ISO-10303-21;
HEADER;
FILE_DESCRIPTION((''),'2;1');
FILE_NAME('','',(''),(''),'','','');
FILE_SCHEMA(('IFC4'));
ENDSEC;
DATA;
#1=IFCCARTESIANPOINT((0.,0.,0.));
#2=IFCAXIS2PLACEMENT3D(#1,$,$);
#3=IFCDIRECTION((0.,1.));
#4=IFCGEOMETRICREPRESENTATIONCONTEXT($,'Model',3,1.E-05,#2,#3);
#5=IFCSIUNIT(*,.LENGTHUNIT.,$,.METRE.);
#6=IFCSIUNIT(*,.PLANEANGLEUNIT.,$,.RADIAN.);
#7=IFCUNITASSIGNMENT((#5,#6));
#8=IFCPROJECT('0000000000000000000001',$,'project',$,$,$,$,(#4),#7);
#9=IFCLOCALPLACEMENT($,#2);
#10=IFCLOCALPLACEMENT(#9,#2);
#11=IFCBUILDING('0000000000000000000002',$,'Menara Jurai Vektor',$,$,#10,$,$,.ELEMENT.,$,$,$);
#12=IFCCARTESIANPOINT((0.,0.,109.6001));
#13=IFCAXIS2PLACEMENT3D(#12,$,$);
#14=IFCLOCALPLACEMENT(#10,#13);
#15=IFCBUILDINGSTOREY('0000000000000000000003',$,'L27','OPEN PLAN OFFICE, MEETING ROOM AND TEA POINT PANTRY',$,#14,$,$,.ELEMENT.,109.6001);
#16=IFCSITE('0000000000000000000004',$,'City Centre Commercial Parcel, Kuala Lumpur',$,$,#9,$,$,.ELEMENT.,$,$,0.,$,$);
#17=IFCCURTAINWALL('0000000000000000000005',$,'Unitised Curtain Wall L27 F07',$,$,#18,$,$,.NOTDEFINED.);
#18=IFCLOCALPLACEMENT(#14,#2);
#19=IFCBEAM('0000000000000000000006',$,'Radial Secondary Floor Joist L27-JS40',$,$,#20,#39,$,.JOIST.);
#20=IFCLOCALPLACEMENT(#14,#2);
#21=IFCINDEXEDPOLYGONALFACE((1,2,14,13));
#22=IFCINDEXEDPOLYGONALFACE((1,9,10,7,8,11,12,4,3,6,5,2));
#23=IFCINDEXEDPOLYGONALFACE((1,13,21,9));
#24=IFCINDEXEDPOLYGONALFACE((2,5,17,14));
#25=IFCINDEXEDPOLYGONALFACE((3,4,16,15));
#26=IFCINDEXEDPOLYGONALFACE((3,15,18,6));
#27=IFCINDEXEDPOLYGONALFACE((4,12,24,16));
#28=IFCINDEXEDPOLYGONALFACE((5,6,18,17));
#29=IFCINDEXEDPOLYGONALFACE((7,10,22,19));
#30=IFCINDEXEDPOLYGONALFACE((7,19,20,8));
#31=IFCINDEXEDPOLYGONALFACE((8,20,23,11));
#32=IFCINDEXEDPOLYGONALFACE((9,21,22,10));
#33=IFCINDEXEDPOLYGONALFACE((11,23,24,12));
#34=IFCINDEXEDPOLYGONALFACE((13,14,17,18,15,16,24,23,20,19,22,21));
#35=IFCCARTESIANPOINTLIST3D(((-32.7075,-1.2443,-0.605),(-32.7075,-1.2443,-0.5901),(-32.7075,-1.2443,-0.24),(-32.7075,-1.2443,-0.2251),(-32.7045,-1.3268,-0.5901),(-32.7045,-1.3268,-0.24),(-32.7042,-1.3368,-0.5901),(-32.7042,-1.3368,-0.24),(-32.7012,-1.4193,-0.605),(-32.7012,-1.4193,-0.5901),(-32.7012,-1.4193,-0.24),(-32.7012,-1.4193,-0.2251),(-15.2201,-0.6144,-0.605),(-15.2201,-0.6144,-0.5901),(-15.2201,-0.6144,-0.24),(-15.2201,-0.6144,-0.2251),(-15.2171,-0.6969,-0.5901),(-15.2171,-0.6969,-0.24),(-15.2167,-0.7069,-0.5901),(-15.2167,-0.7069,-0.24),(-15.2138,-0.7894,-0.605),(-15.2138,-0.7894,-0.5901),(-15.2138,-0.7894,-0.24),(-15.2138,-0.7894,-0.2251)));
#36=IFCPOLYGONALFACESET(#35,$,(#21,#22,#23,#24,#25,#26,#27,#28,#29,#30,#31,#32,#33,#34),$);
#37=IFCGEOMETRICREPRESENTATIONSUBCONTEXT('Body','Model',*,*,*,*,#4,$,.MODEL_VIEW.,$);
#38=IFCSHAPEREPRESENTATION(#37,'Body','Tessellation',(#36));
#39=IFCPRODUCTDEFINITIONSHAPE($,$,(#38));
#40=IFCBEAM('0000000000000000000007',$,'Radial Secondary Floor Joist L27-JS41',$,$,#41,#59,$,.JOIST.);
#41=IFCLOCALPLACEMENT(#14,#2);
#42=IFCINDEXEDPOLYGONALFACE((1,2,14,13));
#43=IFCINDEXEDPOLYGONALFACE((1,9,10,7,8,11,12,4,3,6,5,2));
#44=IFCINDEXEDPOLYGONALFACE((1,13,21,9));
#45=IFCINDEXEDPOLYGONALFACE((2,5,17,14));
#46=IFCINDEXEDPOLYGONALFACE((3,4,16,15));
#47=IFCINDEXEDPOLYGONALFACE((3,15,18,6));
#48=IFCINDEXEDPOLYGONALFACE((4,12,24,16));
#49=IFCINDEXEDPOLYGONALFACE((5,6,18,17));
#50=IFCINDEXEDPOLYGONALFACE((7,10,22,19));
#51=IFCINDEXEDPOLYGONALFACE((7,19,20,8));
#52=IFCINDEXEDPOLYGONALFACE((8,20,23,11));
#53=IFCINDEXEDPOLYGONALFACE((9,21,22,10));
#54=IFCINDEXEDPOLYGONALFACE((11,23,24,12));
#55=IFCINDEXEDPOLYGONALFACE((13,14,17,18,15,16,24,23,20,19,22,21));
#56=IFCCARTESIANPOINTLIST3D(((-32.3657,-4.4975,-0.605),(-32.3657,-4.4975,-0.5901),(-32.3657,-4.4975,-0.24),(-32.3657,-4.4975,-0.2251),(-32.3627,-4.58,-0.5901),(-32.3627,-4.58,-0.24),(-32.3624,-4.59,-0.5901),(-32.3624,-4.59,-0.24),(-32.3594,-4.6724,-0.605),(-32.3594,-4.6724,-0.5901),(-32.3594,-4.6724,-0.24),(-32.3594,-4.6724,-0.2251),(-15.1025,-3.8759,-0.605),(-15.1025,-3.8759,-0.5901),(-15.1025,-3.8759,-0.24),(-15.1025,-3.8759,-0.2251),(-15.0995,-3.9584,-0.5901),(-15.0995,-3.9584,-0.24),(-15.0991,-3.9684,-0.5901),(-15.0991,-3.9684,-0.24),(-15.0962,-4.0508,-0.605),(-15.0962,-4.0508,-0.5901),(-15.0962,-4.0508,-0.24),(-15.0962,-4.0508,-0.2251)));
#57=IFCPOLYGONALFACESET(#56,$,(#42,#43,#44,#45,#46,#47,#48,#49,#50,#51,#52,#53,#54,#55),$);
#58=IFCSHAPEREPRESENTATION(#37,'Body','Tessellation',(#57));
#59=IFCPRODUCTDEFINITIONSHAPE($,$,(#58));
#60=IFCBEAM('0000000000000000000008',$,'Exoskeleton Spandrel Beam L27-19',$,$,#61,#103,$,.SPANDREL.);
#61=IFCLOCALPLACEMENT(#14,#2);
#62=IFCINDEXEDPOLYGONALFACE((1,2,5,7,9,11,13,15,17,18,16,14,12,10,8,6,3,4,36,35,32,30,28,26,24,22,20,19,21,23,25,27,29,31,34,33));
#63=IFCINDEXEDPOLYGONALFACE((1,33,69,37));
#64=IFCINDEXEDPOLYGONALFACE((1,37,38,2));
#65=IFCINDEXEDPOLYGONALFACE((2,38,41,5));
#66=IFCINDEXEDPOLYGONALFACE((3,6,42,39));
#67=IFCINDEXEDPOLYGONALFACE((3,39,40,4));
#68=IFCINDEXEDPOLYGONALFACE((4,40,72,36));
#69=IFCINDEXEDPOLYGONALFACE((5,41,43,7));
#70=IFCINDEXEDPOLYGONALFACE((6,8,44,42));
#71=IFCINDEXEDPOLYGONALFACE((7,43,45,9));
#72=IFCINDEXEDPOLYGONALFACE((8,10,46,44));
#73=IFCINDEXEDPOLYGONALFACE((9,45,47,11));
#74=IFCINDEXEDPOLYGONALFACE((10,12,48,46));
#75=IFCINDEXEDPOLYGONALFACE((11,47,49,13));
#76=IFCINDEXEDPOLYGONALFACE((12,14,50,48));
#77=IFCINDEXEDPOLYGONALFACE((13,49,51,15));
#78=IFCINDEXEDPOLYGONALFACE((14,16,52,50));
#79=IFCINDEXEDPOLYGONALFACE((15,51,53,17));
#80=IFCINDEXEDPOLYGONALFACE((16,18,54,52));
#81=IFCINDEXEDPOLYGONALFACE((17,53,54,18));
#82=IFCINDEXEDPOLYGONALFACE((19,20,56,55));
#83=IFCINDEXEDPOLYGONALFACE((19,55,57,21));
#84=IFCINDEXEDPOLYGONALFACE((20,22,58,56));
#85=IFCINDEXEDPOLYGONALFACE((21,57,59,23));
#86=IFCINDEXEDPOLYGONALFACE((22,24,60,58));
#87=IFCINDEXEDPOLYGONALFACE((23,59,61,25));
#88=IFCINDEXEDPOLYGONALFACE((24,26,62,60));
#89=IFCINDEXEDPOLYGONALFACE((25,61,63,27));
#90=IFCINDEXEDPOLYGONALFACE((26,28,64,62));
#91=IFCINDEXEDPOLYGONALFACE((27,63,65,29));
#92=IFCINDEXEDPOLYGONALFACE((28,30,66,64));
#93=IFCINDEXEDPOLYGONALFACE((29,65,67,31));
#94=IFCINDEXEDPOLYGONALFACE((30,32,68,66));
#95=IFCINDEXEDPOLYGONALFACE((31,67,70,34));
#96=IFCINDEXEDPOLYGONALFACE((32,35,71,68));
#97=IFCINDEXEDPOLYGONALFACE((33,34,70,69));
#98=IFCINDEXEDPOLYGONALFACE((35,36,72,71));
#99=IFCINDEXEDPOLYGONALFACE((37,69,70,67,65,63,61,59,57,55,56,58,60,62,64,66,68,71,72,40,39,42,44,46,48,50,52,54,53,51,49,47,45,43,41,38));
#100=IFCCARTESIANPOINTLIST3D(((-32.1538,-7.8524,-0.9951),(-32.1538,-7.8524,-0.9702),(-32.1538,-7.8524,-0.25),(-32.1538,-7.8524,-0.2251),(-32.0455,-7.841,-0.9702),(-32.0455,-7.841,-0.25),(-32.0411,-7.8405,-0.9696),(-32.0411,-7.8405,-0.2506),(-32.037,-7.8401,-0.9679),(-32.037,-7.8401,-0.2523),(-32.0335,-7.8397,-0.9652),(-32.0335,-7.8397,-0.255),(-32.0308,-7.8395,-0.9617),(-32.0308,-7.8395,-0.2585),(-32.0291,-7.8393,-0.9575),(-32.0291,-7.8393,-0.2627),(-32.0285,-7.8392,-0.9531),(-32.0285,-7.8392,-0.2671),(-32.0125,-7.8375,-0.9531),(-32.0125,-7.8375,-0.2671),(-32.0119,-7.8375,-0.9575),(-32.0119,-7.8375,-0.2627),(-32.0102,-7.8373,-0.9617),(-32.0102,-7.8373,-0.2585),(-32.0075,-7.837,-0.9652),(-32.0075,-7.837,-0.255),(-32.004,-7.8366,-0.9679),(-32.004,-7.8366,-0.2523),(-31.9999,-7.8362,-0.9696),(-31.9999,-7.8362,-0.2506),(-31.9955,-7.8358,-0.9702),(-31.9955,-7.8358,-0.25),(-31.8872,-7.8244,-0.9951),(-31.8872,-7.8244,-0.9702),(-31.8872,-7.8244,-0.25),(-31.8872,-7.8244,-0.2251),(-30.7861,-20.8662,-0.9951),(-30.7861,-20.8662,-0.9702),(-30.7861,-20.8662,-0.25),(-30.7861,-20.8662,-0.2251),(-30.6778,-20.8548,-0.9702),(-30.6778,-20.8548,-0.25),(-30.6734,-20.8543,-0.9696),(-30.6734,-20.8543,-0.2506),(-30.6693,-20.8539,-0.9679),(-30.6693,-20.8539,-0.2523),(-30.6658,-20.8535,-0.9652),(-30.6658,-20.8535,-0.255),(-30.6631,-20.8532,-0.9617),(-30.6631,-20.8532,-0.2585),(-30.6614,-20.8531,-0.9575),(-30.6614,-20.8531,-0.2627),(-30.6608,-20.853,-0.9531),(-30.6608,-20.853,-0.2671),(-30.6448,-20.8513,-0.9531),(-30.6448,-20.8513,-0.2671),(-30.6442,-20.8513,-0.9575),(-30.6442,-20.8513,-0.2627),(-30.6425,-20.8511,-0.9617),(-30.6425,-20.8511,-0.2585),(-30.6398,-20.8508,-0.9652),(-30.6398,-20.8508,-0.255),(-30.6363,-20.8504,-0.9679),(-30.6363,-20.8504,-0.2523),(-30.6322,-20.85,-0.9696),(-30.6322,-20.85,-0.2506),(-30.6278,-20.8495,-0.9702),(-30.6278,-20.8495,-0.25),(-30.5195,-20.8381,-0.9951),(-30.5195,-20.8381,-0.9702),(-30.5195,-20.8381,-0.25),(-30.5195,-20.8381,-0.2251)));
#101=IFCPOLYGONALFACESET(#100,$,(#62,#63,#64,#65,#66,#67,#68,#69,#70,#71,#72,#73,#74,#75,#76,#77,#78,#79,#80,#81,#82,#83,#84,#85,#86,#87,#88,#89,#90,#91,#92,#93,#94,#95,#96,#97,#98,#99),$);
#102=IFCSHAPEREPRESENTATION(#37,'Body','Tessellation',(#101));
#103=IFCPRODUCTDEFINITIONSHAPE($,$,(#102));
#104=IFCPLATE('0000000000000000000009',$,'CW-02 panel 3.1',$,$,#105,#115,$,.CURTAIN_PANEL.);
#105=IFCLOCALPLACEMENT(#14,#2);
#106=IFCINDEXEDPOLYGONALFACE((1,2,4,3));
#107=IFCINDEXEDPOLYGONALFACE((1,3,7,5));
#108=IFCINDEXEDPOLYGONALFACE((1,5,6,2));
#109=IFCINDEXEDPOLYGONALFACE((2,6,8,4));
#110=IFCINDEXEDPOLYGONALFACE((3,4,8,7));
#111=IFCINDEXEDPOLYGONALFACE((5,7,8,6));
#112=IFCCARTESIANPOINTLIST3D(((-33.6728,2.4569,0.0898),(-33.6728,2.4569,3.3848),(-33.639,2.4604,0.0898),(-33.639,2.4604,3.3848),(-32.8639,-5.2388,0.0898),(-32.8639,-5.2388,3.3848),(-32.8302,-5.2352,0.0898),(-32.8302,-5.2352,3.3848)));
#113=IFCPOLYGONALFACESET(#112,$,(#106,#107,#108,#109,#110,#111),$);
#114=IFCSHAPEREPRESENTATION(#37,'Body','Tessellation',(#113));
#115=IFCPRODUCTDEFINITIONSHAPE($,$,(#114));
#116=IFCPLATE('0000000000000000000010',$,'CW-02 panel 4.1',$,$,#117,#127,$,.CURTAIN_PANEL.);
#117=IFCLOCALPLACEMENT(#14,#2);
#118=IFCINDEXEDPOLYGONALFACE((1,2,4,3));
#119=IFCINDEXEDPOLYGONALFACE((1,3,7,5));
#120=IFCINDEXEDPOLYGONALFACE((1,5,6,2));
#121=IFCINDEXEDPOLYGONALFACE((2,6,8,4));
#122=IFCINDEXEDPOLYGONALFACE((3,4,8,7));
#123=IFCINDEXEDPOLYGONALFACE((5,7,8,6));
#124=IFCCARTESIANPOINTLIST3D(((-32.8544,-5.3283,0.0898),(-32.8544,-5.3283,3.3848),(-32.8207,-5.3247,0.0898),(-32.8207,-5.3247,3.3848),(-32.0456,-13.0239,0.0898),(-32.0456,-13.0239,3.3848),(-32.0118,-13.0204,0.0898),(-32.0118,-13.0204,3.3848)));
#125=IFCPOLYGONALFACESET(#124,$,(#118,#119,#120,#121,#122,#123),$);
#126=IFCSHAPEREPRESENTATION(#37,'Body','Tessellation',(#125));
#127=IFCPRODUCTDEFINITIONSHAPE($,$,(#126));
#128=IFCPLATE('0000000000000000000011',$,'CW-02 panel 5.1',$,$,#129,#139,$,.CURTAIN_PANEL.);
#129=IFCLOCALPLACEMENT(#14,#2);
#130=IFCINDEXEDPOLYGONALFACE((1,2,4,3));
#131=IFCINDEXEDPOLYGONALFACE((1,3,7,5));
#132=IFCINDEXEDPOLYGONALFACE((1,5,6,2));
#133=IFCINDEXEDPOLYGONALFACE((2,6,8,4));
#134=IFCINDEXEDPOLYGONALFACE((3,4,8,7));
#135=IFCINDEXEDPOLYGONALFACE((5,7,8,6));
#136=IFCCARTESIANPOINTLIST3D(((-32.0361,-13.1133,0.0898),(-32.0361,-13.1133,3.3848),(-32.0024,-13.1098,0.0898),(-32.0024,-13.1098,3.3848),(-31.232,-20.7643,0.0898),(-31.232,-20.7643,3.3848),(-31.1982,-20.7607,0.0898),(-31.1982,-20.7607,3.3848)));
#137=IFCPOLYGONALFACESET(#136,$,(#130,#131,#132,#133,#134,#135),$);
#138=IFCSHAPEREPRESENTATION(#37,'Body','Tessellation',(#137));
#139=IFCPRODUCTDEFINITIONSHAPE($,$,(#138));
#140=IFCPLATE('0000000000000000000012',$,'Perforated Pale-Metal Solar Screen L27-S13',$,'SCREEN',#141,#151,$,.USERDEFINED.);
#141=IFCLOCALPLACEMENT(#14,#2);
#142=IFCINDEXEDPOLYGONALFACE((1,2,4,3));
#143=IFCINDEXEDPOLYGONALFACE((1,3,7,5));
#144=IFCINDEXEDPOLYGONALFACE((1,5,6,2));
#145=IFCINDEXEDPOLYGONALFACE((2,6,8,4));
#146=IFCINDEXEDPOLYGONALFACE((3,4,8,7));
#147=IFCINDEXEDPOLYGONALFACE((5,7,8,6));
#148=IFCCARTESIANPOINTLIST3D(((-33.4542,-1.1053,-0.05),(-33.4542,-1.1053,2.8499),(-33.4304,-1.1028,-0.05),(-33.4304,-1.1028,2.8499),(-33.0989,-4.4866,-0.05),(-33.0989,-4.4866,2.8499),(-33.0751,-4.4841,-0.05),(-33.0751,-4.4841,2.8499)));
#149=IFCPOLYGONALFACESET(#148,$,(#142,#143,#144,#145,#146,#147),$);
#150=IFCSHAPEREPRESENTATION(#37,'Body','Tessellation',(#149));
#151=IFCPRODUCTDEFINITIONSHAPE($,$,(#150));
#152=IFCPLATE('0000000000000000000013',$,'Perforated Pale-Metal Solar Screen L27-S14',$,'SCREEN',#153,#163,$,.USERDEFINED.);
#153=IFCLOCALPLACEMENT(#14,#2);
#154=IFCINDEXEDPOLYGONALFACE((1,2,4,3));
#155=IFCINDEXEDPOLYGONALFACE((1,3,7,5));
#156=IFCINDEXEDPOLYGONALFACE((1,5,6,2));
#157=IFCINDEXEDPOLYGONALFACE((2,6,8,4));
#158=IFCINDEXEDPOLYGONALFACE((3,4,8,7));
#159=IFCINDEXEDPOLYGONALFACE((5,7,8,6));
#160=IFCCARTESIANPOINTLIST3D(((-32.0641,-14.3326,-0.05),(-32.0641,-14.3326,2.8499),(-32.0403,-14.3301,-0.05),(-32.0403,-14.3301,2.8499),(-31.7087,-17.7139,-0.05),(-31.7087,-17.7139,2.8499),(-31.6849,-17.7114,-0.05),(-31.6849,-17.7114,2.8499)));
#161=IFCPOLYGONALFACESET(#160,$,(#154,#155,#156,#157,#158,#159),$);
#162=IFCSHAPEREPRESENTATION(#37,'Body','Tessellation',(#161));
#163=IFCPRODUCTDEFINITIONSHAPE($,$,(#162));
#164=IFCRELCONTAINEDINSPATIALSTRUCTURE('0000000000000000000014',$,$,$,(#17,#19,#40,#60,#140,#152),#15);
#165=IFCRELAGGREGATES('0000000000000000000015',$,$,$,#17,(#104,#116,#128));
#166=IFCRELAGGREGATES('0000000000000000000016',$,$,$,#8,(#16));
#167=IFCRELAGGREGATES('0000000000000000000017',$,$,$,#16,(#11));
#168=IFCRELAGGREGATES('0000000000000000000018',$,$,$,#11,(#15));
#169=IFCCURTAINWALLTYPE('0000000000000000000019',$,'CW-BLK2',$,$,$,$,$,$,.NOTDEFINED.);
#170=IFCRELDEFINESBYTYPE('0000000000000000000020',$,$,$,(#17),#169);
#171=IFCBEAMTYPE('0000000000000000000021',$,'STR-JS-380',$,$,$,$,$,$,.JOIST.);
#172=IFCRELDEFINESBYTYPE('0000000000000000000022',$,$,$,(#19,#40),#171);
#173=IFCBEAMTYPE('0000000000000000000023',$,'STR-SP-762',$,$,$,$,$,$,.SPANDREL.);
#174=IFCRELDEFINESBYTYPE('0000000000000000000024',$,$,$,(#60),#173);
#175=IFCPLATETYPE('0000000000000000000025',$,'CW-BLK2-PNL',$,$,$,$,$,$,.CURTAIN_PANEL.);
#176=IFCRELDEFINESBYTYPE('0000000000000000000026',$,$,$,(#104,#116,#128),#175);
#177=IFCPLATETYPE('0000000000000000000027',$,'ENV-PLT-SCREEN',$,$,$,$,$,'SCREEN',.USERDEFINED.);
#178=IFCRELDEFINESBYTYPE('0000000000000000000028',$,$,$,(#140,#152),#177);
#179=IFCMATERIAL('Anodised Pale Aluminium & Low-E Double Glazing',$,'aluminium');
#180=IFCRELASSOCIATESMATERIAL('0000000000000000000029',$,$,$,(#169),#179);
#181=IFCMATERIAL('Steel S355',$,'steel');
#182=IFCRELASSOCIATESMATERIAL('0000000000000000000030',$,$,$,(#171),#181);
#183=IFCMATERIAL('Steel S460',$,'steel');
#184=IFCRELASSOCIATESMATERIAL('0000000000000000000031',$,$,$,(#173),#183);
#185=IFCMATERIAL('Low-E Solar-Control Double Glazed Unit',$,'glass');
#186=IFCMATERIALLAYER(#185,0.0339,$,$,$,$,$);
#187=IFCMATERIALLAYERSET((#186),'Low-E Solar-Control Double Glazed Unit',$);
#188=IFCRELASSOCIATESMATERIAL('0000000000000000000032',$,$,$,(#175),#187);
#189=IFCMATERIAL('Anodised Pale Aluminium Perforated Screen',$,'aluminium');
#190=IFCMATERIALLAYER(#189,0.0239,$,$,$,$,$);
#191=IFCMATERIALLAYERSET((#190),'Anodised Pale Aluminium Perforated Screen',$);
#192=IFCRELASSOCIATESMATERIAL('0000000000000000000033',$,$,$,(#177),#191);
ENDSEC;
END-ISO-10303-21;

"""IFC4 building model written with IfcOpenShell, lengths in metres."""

from ifc_helpers import new_model, si_unit, direction, frame, origin, origin_2d, place, context, subcontext, project, spatial, rectangle, i_section, extrude, material, layer, layer_set, material_profile, profile_set, type_object, element, aggregate, save


model = new_model("IFC4")

# Units and contexts
model_context = context("Model", 3, precision=1e-05, world=origin(), true_north=direction((0.0, 1.0)))
body_context = subcontext(model_context, "Body", "Model", "MODEL_VIEW")
ifc_project = project(units=[si_unit("LENGTHUNIT", "METRE"), si_unit("PLANEANGLEUNIT", "RADIAN")], contexts=[model_context])

# Site, building, storey
site_placement = place(None, origin())
site = spatial("IfcSite", under=ifc_project, at=site_placement, Name="City Centre Commercial Parcel, Kuala Lumpur", CompositionType="ELEMENT", RefElevation=0.0)
building_placement = place(site_placement, origin())
building = spatial("IfcBuilding", under=site, at=building_placement, Name="Menara Jurai Vektor", CompositionType="ELEMENT")
storey_placement = place(building_placement, frame((0.0, 0.0, 109.6001)))
storey = spatial("IfcBuildingStorey", under=building, at=storey_placement, Name="L27", Description="OPEN PLAN OFFICE, MEETING ROOM AND TEA POINT PANTRY", CompositionType="ELEMENT", Elevation=109.6001)

# Shared definitions
ifc_material_1 = material(Name="Steel S460", Category="steel")

# Curtain wall
ifc_material_2 = material(Name="Anodised Pale Aluminium & Low-E Double Glazing", Category="aluminium")
curtain_wall_type = type_object("IfcCurtainWallType", Name="CW-BLK2", PredefinedType="NOTDEFINED", material=ifc_material_2)
curtain_wall_placement = place(storey_placement, origin())
curtain_wall = element("IfcCurtainWall", 1, at=curtain_wall_placement, inside=storey, type_object=curtain_wall_type, Name="Unitised Curtain Wall L27 F07", PredefinedType="NOTDEFINED")

# Beams
ifc_material_3 = material(Name="Steel S355", Category="steel")
ifc_material_profile_1 = material_profile(ifc_material_3, i_section(OverallWidth=0.175, OverallDepth=0.3799, WebThickness=0.01, FlangeThickness=0.0149, at=origin_2d()), Name="PG 380x175x58")
ifc_profile_set_1 = profile_set([ifc_material_profile_1], Name="Steel S355")
beam_type_1 = type_object("IfcBeamType", Name="STR-JS-380", PredefinedType="JOIST", material=ifc_profile_set_1)
beam_1_placement = place(storey_placement, frame((-32.7043, -1.3318, -0.415), z_axis=(0.999352, 0.035996, 0.0), x_axis=(-0.035996, 0.999352, 0.0)))
element("IfcBeam", 2, at=beam_1_placement, inside=storey, type_object=beam_type_1, Name="Radial Secondary Floor Joist L27-JS40", PredefinedType="JOIST", context=body_context, shape_type="SweptSolid", body=[
    extrude(i_section(OverallWidth=0.175, OverallDepth=0.3799, WebThickness=0.01, FlangeThickness=0.0149, at=origin_2d()), origin(), (0.0, 0.0, 1.0), 17.4988),
])
beam_2_placement = place(storey_placement, frame((-32.3625, -4.585, -0.415), z_axis=(0.999352, 0.035983, 0.0), x_axis=(-0.035983, 0.999352, 0.0)))
element("IfcBeam", 3, at=beam_2_placement, inside=storey, type_object=beam_type_1, Name="Radial Secondary Floor Joist L27-JS41", PredefinedType="JOIST", context=body_context, shape_type="SweptSolid", body=[
    extrude(i_section(OverallWidth=0.175, OverallDepth=0.3799, WebThickness=0.01, FlangeThickness=0.0149, at=origin_2d()), origin(), (0.0, 0.0, 1.0), 17.2744),
])
ifc_material_profile_2 = material_profile(ifc_material_1, i_section(OverallWidth=0.2681, OverallDepth=0.77, WebThickness=0.0161, FlangeThickness=0.0249, FilletRadius=0.0171, at=origin_2d()), Name="UKB 762x267x197")
ifc_profile_set_2 = profile_set([ifc_material_profile_2], Name="Steel S460")
beam_type_2 = type_object("IfcBeamType", Name="STR-SP-762", PredefinedType="SPANDREL", material=ifc_profile_set_2)
beam_3_placement = place(storey_placement, frame((-32.0205, -7.8384, -0.6101), z_axis=(0.10452, -0.994523, 0.0), x_axis=(0.994523, 0.10452, 0.0)))
element("IfcBeam", 4, at=beam_3_placement, inside=storey, type_object=beam_type_2, Name="Exoskeleton Spandrel Beam L27-19", PredefinedType="SPANDREL", context=body_context, shape_type="SweptSolid", body=[
    extrude(i_section(OverallWidth=0.2681, OverallDepth=0.77, WebThickness=0.0161, FlangeThickness=0.0249, FilletRadius=0.0171, at=origin_2d()), origin(), (0.0, 0.0, 1.0), 13.0854),
])

# Plates
ifc_material_4 = material(Name="Low-E Solar-Control Double Glazed Unit", Category="glass")
ifc_layer_1 = layer(ifc_material_4, 0.0339)
ifc_layer_set_1 = layer_set([ifc_layer_1], Name="Low-E Solar-Control Double Glazed Unit")
plate_type_1 = type_object("IfcPlateType", Name="CW-BLK2-PNL", PredefinedType="CURTAIN_PANEL", material=ifc_layer_set_1)
plate_1_placement = place(storey_placement, frame((-33.2515, -1.3892, 0.0898), z_axis=(0.0, 0.0, 1.0), x_axis=(0.10453, -0.994522, 0.0)))
plate_1 = element("IfcPlate", 5, at=plate_1_placement, type_object=plate_type_1, Name="CW-02 panel 3.1", PredefinedType="CURTAIN_PANEL", context=body_context, shape_type="SweptSolid", body=[
    extrude(rectangle(XDim=7.738, YDim=0.0339, at=origin_2d()), origin(), (0.0, 0.0, 1.0), 3.2949),
])
plate_2_placement = place(storey_placement, frame((-32.4331, -9.1743, 0.0898), z_axis=(0.0, 0.0, 1.0), x_axis=(0.10453, -0.994522, 0.0)))
plate_2 = element("IfcPlate", 6, at=plate_2_placement, type_object=plate_type_1, Name="CW-02 panel 4.1", PredefinedType="CURTAIN_PANEL", context=body_context, shape_type="SweptSolid", body=[
    extrude(rectangle(XDim=7.738, YDim=0.0339, at=origin_2d()), origin(), (0.0, 0.0, 1.0), 3.2949),
])
plate_3_placement = place(storey_placement, frame((-31.6172, -16.937, 0.0898), z_axis=(0.0, 0.0, 1.0), x_axis=(0.10453, -0.994522, 0.0)))
plate_3 = element("IfcPlate", 7, at=plate_3_placement, type_object=plate_type_1, Name="CW-02 panel 5.1", PredefinedType="CURTAIN_PANEL", context=body_context, shape_type="SweptSolid", body=[
    extrude(rectangle(XDim=7.6931, YDim=0.0339, at=origin_2d()), origin(), (0.0, 0.0, 1.0), 3.2949),
])
aggregate(curtain_wall, [plate_1, plate_2, plate_3])

# Plates
ifc_material_5 = material(Name="Anodised Pale Aluminium Perforated Screen", Category="aluminium")
ifc_layer_2 = layer(ifc_material_5, 0.0239)
ifc_layer_set_2 = layer_set([ifc_layer_2], Name="Anodised Pale Aluminium Perforated Screen")
plate_type_2 = type_object("IfcPlateType", Name="ENV-PLT-SCREEN", ElementType="SCREEN", PredefinedType="USERDEFINED", material=ifc_layer_set_2)
for number, where, z_axis, x_axis, name in (
    (8, (-33.2646, -2.7947, -0.05), (0.0, 0.0, 1.0), (0.104528, -0.994522, 0.0), "Perforated Pale-Metal Solar Screen L27-S13"),
    (9, (-31.8745, -16.022, -0.05), (0.0, 0.0, 1.0), (0.104528, -0.994522, 0.0), "Perforated Pale-Metal Solar Screen L27-S14"),
):
    element("IfcPlate", number, at=place(storey_placement, frame(where, z_axis=z_axis, x_axis=x_axis)), inside=storey, type_object=plate_type_2, Name=name, ObjectType="SCREEN", PredefinedType="USERDEFINED", context=body_context, shape_type="SweptSolid", body=[
        extrude(rectangle(XDim=3.3999, YDim=0.0239, at=origin_2d()), origin(), (0.0, 0.0, 1.0), 2.8999),
    ])

save(model, "model.ifc")
